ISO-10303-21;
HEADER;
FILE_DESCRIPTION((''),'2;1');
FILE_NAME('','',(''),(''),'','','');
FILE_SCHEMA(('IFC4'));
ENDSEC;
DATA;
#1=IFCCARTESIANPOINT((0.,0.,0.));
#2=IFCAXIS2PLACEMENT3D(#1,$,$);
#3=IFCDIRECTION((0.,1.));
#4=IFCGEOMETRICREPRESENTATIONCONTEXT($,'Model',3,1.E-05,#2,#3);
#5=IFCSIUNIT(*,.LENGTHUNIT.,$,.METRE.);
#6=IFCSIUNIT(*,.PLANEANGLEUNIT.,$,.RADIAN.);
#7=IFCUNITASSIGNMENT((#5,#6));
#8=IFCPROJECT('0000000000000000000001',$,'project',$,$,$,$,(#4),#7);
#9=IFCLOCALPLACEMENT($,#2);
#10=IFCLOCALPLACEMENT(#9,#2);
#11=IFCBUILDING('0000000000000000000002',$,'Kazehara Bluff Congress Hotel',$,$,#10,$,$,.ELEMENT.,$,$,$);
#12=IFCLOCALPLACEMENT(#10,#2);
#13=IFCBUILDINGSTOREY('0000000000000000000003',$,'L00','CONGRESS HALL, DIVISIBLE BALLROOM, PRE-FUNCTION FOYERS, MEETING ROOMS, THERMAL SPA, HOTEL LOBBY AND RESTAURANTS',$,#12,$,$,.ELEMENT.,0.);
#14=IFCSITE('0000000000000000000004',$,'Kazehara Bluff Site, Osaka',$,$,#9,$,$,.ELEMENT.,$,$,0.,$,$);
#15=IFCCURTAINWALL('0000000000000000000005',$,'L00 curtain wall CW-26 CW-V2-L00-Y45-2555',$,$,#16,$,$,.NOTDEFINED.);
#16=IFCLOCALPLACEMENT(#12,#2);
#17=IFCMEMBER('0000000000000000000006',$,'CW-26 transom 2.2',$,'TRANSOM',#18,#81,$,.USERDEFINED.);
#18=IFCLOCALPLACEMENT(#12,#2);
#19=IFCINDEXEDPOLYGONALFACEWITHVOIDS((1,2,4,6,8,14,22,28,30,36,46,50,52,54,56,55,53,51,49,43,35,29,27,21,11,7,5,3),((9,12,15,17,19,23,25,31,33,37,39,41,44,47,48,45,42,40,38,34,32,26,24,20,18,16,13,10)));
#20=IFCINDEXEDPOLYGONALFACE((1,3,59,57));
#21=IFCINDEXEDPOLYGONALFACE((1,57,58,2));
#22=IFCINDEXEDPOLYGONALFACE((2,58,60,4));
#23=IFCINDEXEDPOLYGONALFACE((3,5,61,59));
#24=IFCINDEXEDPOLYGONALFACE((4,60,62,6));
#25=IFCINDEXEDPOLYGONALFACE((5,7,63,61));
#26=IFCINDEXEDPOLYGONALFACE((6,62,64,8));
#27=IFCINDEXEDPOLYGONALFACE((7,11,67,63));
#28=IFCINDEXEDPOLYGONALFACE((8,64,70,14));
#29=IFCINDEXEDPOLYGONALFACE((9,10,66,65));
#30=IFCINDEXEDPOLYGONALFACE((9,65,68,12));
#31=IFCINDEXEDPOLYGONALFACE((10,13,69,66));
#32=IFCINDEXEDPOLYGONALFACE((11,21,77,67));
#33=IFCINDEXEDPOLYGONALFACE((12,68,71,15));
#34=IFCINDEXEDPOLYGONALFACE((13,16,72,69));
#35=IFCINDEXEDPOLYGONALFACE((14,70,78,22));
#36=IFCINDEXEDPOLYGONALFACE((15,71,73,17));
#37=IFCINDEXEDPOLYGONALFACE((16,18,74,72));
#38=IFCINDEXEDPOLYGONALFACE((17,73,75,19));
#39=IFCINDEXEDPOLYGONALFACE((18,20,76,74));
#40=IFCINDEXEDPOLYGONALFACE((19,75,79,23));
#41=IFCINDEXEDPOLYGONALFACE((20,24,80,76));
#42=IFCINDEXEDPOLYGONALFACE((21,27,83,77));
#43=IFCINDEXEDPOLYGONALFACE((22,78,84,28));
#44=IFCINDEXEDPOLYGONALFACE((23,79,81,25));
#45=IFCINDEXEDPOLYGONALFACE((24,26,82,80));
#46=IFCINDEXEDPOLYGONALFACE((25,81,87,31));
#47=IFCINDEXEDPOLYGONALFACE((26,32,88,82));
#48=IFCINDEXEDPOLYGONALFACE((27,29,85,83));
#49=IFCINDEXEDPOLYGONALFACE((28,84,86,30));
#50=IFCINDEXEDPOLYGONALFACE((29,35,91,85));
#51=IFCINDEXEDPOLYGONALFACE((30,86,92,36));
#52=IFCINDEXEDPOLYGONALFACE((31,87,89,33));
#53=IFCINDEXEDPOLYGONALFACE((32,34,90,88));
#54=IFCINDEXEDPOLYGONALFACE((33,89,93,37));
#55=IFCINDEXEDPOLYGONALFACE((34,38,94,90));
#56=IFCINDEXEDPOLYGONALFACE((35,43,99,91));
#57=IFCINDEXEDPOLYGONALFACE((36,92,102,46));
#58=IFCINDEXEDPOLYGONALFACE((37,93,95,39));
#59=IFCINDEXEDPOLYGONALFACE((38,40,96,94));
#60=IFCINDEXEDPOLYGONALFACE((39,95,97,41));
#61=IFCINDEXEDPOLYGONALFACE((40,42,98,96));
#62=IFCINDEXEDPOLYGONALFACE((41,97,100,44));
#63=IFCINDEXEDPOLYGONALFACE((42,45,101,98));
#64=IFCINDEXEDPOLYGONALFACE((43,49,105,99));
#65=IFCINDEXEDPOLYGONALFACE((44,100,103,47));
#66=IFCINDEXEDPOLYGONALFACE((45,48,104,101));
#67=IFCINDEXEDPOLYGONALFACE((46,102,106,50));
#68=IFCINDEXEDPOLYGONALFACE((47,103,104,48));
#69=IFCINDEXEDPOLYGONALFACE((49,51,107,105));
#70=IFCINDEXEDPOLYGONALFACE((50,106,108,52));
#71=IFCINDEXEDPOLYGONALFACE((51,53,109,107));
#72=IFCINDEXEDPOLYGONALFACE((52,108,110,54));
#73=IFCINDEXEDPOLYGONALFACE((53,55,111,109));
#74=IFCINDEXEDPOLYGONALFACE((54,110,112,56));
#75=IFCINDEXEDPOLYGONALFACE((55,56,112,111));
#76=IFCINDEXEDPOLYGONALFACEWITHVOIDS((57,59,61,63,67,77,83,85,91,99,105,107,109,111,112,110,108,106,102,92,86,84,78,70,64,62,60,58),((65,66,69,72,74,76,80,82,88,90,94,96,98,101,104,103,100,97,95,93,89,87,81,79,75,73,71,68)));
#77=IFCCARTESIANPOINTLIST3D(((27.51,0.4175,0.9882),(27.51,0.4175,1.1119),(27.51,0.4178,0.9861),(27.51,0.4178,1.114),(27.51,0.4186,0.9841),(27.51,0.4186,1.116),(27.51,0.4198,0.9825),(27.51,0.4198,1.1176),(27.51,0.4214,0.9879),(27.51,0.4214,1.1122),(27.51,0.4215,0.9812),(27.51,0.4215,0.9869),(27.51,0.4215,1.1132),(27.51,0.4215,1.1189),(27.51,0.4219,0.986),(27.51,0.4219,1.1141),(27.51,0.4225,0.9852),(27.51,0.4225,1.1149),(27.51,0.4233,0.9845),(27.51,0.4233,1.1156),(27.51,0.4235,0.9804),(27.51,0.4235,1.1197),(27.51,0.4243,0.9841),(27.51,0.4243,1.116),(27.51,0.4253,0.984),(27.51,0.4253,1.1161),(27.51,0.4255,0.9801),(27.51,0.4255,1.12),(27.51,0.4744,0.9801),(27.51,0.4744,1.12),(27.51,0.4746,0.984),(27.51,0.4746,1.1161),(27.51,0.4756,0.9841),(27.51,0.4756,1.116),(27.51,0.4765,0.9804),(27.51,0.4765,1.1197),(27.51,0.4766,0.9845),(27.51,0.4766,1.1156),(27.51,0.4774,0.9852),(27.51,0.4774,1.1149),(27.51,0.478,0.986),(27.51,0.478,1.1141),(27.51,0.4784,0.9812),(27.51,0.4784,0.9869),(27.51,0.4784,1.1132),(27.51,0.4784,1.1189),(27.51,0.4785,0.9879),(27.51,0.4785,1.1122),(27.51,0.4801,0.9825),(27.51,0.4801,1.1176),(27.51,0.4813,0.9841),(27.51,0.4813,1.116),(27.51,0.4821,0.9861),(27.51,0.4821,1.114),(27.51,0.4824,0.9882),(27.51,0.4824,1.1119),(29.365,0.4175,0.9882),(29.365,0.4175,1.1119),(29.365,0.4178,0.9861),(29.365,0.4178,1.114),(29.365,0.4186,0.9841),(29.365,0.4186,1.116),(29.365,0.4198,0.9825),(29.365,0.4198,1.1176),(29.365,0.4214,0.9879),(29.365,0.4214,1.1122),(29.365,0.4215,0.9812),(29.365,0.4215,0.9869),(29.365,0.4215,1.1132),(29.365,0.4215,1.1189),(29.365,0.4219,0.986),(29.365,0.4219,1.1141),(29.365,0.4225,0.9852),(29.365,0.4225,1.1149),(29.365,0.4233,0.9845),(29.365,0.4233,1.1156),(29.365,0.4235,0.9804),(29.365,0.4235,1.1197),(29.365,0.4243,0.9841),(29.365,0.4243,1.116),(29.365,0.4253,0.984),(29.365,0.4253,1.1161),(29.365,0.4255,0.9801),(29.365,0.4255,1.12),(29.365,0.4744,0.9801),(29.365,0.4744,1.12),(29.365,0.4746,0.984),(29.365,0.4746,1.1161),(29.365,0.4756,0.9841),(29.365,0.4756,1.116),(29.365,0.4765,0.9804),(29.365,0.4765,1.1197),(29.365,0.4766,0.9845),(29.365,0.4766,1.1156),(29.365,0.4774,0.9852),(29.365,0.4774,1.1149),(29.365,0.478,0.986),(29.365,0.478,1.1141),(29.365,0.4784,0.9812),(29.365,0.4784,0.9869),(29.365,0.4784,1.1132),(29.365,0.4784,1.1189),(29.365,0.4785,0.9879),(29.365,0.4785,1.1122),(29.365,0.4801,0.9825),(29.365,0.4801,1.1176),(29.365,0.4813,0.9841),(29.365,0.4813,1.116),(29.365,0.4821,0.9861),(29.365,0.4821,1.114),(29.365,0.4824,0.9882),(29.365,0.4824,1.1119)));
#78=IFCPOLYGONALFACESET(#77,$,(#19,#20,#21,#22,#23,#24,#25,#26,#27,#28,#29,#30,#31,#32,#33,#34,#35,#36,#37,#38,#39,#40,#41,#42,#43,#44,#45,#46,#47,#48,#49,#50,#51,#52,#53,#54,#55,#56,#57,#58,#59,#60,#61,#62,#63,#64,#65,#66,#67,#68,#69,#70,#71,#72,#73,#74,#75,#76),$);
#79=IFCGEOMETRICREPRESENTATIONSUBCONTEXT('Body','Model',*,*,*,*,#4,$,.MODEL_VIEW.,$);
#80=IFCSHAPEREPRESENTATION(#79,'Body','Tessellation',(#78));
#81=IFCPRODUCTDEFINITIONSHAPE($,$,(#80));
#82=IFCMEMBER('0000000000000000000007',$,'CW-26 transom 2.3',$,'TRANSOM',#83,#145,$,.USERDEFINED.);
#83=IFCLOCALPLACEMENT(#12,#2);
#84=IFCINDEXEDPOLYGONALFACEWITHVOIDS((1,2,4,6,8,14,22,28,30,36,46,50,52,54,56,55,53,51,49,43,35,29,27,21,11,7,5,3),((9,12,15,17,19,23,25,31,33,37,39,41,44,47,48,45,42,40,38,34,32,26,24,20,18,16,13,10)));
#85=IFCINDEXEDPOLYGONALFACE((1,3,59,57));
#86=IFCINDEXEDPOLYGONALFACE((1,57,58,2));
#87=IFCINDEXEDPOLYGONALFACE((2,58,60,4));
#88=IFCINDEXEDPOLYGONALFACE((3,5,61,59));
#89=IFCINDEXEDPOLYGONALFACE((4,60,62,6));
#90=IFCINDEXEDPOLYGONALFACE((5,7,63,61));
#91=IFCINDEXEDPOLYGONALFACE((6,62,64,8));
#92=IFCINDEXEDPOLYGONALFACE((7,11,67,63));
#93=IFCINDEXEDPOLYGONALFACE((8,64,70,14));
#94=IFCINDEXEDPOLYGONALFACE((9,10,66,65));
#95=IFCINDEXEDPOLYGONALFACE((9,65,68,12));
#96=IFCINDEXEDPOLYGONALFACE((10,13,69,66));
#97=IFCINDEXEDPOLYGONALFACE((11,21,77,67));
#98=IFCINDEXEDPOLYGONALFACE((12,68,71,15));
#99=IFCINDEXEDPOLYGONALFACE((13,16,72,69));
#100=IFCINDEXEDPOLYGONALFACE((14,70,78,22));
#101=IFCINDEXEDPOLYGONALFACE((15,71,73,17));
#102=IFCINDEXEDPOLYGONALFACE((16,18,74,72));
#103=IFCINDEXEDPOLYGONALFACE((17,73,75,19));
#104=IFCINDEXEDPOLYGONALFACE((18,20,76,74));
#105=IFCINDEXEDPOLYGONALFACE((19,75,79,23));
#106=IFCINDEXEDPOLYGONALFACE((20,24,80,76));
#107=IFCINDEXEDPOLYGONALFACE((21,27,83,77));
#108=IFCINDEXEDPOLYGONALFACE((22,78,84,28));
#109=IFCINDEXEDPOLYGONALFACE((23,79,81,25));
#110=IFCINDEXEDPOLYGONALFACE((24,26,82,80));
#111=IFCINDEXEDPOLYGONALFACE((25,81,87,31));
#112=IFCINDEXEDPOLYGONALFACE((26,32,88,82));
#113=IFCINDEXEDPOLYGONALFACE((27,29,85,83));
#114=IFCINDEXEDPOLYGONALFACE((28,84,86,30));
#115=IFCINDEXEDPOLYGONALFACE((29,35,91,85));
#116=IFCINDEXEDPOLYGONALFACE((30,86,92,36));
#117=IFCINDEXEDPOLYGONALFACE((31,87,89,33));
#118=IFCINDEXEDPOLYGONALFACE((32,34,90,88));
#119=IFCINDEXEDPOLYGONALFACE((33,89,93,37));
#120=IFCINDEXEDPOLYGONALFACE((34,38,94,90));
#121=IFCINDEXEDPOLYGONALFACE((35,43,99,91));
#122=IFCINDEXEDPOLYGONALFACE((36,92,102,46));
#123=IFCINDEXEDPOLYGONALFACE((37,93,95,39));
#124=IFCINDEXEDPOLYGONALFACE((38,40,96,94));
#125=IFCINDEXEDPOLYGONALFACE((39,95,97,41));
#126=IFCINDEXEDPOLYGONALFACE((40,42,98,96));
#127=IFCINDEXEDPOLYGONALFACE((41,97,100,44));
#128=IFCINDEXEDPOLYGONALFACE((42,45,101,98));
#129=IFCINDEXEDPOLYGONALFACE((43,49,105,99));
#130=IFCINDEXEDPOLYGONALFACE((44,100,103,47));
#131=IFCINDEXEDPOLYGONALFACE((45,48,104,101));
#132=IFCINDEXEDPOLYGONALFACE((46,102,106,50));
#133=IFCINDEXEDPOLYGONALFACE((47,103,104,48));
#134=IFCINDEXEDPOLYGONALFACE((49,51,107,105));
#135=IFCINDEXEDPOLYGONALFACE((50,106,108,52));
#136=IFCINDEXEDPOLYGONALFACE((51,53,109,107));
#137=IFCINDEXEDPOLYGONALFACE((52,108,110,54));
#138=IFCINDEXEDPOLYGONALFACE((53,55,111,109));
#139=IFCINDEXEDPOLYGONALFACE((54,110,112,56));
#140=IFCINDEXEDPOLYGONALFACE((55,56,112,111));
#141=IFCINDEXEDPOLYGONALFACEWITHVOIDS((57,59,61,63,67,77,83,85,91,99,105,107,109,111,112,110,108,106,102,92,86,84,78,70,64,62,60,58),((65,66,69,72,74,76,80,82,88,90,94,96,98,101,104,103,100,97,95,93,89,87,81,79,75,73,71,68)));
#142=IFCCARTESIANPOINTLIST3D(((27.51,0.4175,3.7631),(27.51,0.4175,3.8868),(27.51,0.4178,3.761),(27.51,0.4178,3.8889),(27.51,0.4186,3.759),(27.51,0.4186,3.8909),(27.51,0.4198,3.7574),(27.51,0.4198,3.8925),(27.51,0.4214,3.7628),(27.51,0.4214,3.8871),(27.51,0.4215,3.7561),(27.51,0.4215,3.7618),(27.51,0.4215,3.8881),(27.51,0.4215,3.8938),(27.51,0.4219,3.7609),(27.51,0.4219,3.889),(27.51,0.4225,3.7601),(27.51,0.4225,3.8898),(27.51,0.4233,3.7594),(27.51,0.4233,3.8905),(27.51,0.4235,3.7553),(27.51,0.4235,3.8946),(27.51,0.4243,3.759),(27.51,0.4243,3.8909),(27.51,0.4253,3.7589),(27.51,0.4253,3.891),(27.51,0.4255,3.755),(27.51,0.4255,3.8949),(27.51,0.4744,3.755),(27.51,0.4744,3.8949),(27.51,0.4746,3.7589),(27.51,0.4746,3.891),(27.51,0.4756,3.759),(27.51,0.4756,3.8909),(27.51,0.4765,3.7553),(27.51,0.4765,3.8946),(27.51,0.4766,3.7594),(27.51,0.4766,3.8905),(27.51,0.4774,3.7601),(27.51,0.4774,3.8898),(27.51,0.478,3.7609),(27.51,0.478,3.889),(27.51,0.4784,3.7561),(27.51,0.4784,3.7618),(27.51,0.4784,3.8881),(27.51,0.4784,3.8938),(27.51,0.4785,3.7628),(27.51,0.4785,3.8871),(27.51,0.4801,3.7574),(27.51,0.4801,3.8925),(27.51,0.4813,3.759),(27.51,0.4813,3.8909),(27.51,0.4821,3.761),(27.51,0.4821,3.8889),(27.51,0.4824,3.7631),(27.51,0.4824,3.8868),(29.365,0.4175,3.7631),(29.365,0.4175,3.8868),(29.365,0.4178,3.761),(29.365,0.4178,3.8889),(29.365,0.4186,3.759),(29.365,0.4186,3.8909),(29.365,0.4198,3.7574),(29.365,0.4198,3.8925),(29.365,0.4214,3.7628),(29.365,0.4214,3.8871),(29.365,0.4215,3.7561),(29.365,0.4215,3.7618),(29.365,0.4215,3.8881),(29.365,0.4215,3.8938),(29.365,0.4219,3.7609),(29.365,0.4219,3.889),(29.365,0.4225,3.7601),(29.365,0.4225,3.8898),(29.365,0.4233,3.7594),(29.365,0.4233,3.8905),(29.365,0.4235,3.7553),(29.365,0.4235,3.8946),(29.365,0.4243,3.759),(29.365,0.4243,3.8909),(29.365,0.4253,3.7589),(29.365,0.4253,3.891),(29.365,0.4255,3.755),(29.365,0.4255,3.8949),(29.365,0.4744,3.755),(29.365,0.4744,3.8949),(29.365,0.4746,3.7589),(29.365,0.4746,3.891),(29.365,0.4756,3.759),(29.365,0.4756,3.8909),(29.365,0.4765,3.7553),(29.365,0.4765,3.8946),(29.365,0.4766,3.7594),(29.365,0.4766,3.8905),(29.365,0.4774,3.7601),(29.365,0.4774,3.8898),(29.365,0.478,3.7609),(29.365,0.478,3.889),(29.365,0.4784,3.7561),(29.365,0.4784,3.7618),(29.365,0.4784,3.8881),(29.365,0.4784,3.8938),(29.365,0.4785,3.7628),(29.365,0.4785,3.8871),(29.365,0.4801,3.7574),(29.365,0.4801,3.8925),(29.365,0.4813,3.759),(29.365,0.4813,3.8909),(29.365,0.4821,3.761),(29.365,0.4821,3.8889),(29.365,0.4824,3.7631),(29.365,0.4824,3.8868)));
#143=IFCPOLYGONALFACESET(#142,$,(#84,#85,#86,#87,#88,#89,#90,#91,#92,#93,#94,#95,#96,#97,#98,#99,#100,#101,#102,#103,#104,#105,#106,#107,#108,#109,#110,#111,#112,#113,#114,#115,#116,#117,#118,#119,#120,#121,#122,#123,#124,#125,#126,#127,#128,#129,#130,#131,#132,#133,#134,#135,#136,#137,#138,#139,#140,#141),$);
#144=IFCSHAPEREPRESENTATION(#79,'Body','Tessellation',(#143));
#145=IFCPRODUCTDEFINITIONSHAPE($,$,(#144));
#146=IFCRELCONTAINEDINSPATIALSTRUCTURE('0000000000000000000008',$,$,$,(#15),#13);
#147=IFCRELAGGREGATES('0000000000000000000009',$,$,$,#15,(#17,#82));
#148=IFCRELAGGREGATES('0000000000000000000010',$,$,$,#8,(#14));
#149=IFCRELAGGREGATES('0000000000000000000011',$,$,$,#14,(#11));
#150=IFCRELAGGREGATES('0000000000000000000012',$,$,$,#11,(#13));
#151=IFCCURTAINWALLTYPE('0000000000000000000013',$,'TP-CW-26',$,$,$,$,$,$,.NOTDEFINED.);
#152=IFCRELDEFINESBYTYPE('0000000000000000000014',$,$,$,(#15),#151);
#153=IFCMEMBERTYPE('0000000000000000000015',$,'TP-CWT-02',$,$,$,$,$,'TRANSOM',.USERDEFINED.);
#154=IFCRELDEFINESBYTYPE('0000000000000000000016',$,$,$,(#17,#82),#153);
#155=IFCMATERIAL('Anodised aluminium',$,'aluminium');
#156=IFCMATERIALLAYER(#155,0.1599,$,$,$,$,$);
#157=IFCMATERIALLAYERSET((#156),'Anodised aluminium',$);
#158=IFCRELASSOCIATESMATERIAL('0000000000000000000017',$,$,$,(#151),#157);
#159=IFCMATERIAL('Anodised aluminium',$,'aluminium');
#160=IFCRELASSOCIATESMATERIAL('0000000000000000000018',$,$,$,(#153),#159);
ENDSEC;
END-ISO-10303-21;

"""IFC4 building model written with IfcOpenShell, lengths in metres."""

from ifc_helpers import new_model, si_unit, direction, frame, origin, origin_2d, place, context, subcontext, project, spatial, hollow_rectangle, extrude, material, layer, layer_set, material_profile, profile_set, type_object, element, aggregate, save


model = new_model("IFC4")

# Units and contexts
model_context = context("Model", 3, precision=1e-05, world=origin(), true_north=direction((0.0, 1.0)))
body_context = subcontext(model_context, "Body", "Model", "MODEL_VIEW")
ifc_project = project(units=[si_unit("LENGTHUNIT", "METRE"), si_unit("PLANEANGLEUNIT", "RADIAN")], contexts=[model_context])

# Site, building, storey
site_placement = place(None, origin())
site = spatial("IfcSite", under=ifc_project, at=site_placement, Name="Kazehara Bluff Site, Osaka", CompositionType="ELEMENT", RefElevation=0.0)
building_placement = place(site_placement, origin())
building = spatial("IfcBuilding", under=site, at=building_placement, Name="Kazehara Bluff Congress Hotel", CompositionType="ELEMENT")
storey_placement = place(building_placement, origin())
storey = spatial("IfcBuildingStorey", under=building, at=storey_placement, Name="L00", Description="CONGRESS HALL, DIVISIBLE BALLROOM, PRE-FUNCTION FOYERS, MEETING ROOMS, THERMAL SPA, HOTEL LOBBY AND RESTAURANTS", CompositionType="ELEMENT", Elevation=0.0)

# Curtain wall, members
ifc_material_1 = material(Name="Anodised aluminium", Category="aluminium")
ifc_layer_1 = layer(ifc_material_1, 0.1599)
ifc_layer_set_1 = layer_set([ifc_layer_1], Name="Anodised aluminium")
curtain_wall_type = type_object("IfcCurtainWallType", Name="TP-CW-26", PredefinedType="NOTDEFINED", material=ifc_layer_set_1)
curtain_wall_placement = place(storey_placement, origin())
curtain_wall = element("IfcCurtainWall", 1, at=curtain_wall_placement, inside=storey, type_object=curtain_wall_type, Name="L00 curtain wall CW-26 CW-V2-L00-Y45-2555", PredefinedType="NOTDEFINED")
ifc_material_2 = material(Name="Anodised aluminium", Category="aluminium")
ifc_material_profile_1 = material_profile(ifc_material_2, hollow_rectangle(XDim=0.0649, YDim=0.1399, WallThickness=0.0039, InnerFilletRadius=0.0039, OuterFilletRadius=0.0081, at=origin_2d()))
ifc_profile_set_1 = profile_set([ifc_material_profile_1], Name="Anodised aluminium")
member_type_1 = type_object("IfcMemberType", Name="TP-CWT-02", ElementType="TRANSOM", PredefinedType="USERDEFINED", material=ifc_profile_set_1)
member_1_placement = place(storey_placement, frame((27.51, 0.45, 1.05), z_axis=(1.0, 0.0, 0.0), x_axis=(0.0, 1.0, 0.0)))
member_1 = element("IfcMember", 2, at=member_1_placement, type_object=member_type_1, Name="CW-26 transom 2.2", ObjectType="TRANSOM", PredefinedType="USERDEFINED", context=body_context, shape_type="SweptSolid", body=[
    extrude(hollow_rectangle(XDim=0.0649, YDim=0.1399, WallThickness=0.0039, InnerFilletRadius=0.0039, OuterFilletRadius=0.0081, at=origin_2d()), origin(), (0.0, 0.0, 1.0), 1.855),
])
member_2_placement = place(storey_placement, frame((27.51, 0.45, 3.825), z_axis=(1.0, 0.0, 0.0), x_axis=(0.0, 1.0, 0.0)))
member_2 = element("IfcMember", 3, at=member_2_placement, type_object=member_type_1, Name="CW-26 transom 2.3", ObjectType="TRANSOM", PredefinedType="USERDEFINED", context=body_context, shape_type="SweptSolid", body=[
    extrude(hollow_rectangle(XDim=0.0649, YDim=0.1399, WallThickness=0.0039, InnerFilletRadius=0.0039, OuterFilletRadius=0.0081, at=origin_2d()), origin(), (0.0, 0.0, 1.0), 1.855),
])
aggregate(curtain_wall, [member_1, member_2])

save(model, "model.ifc")
